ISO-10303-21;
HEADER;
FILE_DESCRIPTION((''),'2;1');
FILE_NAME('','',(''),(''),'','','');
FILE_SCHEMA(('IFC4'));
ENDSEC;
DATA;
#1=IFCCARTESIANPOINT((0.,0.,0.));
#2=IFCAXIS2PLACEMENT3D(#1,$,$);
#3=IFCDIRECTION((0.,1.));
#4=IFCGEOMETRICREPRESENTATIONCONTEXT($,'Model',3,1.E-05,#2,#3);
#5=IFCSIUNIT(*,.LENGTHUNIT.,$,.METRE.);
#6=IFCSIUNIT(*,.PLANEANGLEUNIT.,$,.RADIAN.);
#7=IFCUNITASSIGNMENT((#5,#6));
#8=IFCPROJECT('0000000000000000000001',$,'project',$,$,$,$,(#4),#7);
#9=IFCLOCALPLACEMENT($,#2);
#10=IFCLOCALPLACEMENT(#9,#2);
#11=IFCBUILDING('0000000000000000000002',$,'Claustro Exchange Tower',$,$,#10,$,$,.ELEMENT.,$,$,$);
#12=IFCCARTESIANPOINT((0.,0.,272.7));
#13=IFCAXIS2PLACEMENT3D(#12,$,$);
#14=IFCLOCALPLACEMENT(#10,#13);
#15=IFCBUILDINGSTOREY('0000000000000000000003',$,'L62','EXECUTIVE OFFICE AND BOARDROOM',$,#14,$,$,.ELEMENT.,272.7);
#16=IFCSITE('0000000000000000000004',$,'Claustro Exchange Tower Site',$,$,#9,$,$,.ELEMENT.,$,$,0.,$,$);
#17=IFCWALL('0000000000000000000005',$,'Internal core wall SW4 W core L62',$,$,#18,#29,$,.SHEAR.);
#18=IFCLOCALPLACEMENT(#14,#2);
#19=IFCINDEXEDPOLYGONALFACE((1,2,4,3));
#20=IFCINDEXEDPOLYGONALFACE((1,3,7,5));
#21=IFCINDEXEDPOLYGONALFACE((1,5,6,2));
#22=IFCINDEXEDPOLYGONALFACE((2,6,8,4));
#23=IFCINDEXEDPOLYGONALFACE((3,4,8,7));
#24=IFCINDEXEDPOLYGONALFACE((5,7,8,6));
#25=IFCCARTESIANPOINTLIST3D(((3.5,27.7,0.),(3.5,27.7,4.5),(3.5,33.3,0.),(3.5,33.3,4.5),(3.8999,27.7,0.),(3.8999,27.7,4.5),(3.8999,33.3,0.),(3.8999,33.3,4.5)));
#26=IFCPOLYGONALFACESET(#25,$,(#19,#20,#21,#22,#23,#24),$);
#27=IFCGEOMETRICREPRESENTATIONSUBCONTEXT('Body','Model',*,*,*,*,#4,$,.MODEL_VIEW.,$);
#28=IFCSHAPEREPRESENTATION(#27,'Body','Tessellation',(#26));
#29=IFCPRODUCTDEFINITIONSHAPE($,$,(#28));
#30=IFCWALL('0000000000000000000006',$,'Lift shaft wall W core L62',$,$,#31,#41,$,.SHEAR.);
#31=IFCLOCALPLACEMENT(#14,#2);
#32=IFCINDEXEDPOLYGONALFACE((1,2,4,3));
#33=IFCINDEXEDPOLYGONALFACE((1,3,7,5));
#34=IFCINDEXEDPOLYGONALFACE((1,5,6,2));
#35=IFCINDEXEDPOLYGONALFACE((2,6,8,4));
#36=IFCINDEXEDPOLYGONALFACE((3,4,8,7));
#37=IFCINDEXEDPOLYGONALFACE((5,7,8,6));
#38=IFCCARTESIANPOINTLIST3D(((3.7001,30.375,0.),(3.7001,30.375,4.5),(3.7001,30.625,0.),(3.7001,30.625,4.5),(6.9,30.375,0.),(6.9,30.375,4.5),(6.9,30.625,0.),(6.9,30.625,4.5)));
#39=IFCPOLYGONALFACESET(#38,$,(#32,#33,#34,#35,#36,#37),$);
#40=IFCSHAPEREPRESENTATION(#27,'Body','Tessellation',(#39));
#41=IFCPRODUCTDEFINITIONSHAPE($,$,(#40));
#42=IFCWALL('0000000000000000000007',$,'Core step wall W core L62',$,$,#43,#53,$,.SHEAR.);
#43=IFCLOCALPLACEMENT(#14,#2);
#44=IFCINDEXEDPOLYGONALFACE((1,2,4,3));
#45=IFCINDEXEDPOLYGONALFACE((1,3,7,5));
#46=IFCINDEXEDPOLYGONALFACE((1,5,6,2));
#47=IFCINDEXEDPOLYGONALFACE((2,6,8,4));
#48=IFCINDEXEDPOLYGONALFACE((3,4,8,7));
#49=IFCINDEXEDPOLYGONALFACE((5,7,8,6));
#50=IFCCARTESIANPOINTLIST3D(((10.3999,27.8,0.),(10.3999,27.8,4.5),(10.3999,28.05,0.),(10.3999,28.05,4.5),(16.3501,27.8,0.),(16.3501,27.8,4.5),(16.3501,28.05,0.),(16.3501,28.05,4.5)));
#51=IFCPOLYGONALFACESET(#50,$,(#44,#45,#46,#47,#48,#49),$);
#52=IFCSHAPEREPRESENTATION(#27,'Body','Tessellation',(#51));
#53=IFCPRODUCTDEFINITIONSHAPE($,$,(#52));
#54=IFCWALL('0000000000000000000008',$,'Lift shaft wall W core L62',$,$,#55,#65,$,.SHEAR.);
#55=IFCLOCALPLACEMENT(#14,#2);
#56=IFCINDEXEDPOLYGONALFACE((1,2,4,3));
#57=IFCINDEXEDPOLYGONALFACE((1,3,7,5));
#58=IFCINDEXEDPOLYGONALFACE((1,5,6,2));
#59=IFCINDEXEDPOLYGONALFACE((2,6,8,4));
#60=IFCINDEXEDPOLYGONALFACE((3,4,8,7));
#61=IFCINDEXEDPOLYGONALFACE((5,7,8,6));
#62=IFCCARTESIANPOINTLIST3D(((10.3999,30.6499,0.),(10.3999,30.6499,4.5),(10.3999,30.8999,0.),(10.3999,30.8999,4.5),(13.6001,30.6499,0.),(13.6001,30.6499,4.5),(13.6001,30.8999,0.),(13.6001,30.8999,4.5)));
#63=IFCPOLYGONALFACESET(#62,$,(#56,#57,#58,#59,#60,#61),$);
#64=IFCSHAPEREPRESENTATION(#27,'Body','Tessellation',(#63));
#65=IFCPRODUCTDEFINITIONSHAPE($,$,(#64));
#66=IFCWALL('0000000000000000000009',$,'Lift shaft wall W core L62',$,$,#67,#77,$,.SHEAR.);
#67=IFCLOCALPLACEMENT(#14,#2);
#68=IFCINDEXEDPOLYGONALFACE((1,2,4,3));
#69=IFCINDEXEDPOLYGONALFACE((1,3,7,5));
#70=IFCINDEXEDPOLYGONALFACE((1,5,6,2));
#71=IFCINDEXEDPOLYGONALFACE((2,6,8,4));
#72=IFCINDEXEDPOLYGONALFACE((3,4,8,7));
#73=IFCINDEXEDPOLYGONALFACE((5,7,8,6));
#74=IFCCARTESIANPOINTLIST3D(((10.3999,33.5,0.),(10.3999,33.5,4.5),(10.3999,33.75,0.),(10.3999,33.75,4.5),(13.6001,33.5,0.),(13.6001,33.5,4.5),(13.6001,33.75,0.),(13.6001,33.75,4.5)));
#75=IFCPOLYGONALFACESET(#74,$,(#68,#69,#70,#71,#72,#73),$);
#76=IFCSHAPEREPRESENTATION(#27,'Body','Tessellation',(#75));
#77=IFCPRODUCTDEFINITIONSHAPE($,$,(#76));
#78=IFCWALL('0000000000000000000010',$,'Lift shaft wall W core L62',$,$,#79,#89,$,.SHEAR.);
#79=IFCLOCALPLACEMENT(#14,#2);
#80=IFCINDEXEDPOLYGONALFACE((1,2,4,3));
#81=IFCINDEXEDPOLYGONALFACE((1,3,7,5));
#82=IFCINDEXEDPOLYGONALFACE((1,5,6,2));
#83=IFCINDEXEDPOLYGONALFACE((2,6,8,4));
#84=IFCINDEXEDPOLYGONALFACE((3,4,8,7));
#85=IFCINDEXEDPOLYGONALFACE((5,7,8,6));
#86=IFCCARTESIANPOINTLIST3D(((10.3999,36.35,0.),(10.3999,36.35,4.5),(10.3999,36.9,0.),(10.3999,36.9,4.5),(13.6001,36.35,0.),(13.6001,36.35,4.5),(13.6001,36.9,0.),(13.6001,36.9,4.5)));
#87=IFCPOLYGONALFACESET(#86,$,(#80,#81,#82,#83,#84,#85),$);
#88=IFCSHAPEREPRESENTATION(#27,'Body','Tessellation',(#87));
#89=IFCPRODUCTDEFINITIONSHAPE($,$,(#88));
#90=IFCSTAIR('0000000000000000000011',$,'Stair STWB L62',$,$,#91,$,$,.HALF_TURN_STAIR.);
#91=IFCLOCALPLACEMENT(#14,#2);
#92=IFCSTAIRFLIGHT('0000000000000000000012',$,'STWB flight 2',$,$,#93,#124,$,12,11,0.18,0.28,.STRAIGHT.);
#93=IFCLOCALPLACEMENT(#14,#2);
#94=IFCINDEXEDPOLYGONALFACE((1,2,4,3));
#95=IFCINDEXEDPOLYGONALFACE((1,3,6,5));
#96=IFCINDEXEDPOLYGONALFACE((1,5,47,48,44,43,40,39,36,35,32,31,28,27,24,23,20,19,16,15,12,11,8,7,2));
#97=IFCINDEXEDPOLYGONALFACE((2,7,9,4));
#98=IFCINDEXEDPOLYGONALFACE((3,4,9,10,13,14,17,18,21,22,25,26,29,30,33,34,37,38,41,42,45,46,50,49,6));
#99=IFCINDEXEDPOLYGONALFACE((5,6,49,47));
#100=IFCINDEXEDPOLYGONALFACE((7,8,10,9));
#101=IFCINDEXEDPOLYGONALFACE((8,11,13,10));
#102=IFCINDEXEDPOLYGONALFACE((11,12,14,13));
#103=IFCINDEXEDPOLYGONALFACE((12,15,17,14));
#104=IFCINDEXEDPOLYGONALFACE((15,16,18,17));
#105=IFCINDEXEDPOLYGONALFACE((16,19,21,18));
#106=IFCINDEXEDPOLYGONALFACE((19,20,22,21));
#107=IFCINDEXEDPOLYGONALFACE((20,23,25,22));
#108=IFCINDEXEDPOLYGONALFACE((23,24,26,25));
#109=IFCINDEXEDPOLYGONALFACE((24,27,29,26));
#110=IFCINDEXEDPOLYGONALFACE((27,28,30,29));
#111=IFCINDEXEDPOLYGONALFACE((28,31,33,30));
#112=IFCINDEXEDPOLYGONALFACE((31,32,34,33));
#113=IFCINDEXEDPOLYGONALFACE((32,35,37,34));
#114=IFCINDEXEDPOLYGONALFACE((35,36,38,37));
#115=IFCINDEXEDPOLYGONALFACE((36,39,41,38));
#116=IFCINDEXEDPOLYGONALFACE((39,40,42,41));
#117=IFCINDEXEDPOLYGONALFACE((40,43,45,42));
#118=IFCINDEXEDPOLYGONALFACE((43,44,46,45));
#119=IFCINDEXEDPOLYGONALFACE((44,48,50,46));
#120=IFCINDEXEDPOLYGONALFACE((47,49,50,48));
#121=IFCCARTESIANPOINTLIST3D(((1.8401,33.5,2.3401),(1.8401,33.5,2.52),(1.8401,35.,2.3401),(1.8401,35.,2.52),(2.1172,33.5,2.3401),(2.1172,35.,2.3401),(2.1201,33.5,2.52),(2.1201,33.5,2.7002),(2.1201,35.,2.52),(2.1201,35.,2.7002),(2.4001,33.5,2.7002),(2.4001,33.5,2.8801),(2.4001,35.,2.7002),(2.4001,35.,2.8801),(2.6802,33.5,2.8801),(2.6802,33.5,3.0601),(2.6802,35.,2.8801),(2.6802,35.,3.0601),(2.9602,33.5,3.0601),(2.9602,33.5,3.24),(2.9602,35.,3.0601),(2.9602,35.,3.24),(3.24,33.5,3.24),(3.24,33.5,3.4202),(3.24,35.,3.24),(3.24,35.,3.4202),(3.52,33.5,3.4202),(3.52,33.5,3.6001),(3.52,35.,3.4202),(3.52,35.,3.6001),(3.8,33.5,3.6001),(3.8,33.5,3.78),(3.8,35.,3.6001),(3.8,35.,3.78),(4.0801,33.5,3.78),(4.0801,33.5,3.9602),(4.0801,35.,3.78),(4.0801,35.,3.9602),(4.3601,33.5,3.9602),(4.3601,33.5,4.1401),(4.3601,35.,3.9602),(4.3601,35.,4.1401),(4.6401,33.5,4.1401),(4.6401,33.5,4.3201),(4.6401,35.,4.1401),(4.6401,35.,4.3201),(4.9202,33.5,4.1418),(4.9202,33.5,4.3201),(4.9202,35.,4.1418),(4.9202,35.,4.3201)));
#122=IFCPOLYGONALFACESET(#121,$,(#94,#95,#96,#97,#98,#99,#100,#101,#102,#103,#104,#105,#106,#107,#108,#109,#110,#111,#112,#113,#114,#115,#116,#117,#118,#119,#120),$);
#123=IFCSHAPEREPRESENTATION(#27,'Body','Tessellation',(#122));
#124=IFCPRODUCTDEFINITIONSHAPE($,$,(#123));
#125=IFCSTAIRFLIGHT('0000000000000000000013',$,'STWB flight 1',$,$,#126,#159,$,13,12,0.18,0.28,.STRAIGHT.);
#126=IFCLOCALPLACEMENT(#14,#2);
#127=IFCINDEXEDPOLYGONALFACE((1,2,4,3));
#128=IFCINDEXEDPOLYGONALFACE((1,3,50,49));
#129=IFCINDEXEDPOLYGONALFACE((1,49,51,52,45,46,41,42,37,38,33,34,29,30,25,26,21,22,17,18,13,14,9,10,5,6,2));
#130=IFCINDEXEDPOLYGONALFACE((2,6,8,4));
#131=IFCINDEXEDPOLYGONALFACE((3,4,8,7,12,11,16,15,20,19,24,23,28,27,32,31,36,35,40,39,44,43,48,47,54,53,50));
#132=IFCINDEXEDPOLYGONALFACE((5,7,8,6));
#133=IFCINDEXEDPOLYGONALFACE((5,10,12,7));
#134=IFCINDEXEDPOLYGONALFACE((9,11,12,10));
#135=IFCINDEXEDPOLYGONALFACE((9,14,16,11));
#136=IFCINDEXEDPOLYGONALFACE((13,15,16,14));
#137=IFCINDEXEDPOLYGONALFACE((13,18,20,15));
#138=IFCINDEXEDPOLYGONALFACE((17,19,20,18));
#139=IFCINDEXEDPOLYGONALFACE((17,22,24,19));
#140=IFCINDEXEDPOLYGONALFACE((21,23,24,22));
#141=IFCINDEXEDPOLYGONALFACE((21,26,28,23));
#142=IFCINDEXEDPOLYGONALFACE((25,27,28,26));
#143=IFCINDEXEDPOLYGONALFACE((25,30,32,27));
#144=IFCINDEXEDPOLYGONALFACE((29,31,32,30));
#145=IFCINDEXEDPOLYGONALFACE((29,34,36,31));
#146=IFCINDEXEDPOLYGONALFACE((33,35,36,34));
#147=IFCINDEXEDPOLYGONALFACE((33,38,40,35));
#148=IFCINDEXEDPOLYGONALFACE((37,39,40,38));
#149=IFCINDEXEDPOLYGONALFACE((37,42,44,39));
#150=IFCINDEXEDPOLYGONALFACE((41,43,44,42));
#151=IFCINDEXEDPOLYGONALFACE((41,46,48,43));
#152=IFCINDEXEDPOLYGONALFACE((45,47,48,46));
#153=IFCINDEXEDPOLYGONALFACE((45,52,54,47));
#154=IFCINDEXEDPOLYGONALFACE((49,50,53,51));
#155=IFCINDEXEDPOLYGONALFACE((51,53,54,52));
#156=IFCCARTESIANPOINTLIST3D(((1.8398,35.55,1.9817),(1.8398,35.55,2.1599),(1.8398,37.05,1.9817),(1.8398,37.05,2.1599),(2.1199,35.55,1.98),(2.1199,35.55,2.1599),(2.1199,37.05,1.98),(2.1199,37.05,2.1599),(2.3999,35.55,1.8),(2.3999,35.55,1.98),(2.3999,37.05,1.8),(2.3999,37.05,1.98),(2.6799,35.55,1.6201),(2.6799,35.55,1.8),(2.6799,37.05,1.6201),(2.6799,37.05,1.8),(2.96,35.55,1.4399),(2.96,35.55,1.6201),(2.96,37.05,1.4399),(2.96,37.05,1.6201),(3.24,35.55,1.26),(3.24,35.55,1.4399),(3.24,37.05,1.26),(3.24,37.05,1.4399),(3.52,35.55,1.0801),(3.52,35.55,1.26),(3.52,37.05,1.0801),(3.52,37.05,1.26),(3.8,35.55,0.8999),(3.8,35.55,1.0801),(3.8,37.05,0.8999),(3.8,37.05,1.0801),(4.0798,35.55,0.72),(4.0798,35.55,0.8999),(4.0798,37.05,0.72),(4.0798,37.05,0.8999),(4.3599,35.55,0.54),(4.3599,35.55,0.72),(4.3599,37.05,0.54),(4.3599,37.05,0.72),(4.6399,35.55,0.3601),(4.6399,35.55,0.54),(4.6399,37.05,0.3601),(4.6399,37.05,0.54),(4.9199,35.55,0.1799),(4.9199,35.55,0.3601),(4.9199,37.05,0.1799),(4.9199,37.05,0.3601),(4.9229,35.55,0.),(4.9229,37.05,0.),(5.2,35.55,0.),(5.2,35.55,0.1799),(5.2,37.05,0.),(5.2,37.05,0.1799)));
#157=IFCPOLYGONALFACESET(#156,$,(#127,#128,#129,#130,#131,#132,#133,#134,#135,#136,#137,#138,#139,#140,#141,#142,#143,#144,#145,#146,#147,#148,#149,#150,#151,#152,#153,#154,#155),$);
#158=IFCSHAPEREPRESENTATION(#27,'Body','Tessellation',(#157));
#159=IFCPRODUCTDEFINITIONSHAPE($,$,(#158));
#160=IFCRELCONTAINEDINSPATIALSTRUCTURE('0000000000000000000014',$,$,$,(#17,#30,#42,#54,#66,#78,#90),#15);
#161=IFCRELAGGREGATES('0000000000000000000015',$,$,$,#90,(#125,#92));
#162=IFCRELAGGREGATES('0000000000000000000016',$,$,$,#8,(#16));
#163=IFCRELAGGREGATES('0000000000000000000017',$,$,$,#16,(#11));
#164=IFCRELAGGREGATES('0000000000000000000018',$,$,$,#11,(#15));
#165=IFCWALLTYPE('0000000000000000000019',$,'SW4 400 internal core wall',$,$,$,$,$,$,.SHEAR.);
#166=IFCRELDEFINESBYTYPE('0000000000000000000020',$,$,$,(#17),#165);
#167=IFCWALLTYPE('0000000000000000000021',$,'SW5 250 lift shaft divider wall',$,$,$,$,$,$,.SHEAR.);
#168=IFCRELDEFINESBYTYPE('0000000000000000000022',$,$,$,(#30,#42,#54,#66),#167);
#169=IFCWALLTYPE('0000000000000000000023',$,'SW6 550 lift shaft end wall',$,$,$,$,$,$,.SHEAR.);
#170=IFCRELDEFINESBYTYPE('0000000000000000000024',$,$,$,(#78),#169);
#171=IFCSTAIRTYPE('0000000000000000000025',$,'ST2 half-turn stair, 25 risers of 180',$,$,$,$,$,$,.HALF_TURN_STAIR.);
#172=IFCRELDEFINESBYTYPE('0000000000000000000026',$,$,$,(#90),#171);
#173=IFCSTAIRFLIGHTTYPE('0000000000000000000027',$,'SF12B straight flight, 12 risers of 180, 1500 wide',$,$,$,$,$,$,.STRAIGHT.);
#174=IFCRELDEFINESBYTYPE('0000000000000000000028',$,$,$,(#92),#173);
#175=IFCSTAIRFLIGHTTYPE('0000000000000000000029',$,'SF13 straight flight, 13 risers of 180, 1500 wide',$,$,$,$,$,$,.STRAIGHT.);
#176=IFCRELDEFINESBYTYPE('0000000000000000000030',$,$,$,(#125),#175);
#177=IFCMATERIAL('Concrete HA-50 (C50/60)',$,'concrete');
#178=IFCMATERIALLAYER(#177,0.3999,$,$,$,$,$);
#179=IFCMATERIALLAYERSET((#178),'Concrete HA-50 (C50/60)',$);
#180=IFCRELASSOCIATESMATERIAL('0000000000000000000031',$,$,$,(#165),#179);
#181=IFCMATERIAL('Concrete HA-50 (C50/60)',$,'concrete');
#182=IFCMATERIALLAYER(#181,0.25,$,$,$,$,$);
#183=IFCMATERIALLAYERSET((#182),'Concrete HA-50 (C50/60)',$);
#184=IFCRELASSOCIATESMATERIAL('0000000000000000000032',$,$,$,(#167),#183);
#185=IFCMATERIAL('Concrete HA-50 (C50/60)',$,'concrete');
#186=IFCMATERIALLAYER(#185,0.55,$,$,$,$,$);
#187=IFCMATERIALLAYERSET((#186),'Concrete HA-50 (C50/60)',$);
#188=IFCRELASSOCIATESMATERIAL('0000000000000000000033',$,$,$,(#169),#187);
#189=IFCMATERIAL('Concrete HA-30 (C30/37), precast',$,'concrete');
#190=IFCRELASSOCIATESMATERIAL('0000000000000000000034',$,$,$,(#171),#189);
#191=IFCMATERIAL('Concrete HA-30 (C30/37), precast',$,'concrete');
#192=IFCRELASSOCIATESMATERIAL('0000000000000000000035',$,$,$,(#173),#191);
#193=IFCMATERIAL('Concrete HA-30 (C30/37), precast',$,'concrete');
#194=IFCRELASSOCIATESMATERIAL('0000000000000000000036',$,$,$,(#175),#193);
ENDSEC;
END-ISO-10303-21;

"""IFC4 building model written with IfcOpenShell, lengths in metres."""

from ifc_helpers import new_model, si_unit, direction, frame, frame_2d, origin, place, context, subcontext, project, spatial, polyline, rectangle, outline, extrude, material, layer, layer_set, type_object, element, aggregate, save


model = new_model("IFC4")

# Units and contexts
model_context = context("Model", 3, precision=1e-05, world=origin(), true_north=direction((0.0, 1.0)))
body_context = subcontext(model_context, "Body", "Model", "MODEL_VIEW")
ifc_project = project(units=[si_unit("LENGTHUNIT", "METRE"), si_unit("PLANEANGLEUNIT", "RADIAN")], contexts=[model_context])

# Site, building, storey
site_placement = place(None, origin())
site = spatial("IfcSite", under=ifc_project, at=site_placement, Name="Claustro Exchange Tower Site", CompositionType="ELEMENT", RefElevation=0.0)
building_placement = place(site_placement, origin())
building = spatial("IfcBuilding", under=site, at=building_placement, Name="Claustro Exchange Tower", CompositionType="ELEMENT")
storey_placement = place(building_placement, frame((0.0, 0.0, 272.7)))
storey = spatial("IfcBuildingStorey", under=building, at=storey_placement, Name="L62", Description="EXECUTIVE OFFICE AND BOARDROOM", CompositionType="ELEMENT", Elevation=272.7)

# Walls
ifc_material_1 = material(Name="Concrete HA-50 (C50/60)", Category="concrete")
ifc_layer_1 = layer(ifc_material_1, 0.3999)
ifc_layer_set_1 = layer_set([ifc_layer_1], Name="Concrete HA-50 (C50/60)")
wall_type_1 = type_object("IfcWallType", Name="SW4 400 internal core wall", PredefinedType="SHEAR", material=ifc_layer_set_1)
wall_1_placement = place(storey_placement, frame((3.7, 27.7, 0.0), z_axis=(0.0, 0.0, 1.0), x_axis=(0.0, 1.0, 0.0)))
element("IfcWall", 1, at=wall_1_placement, inside=storey, type_object=wall_type_1, Name="Internal core wall SW4 W core L62", PredefinedType="SHEAR", context=body_context, shape_type="SweptSolid", body=[
    extrude(rectangle(XDim=5.6001, YDim=0.3999, at=frame_2d((2.8, 0.0))), origin(), (0.0, 0.0, 1.0), 4.5),
])
ifc_material_2 = material(Name="Concrete HA-50 (C50/60)", Category="concrete")
ifc_layer_2 = layer(ifc_material_2, 0.25)
ifc_layer_set_2 = layer_set([ifc_layer_2], Name="Concrete HA-50 (C50/60)")
wall_type_2 = type_object("IfcWallType", Name="SW5 250 lift shaft divider wall", PredefinedType="SHEAR", material=ifc_layer_set_2)
wall_2_placement = place(storey_placement, frame((3.7, 30.5, 0.0), z_axis=(0.0, 0.0, 1.0), x_axis=(1.0, 0.0, 0.0)))
element("IfcWall", 2, at=wall_2_placement, inside=storey, type_object=wall_type_2, Name="Lift shaft wall W core L62", PredefinedType="SHEAR", context=body_context, shape_type="SweptSolid", body=[
    extrude(rectangle(XDim=3.2, YDim=0.25, at=frame_2d((1.6001, 0.0))), origin(), (0.0, 0.0, 1.0), 4.5),
])
wall_3_placement = place(storey_placement, frame((10.3999, 27.925, 0.0), z_axis=(0.0, 0.0, 1.0), x_axis=(1.0, 0.0, 0.0)))
element("IfcWall", 3, at=wall_3_placement, inside=storey, type_object=wall_type_2, Name="Core step wall W core L62", PredefinedType="SHEAR", context=body_context, shape_type="SweptSolid", body=[
    extrude(rectangle(XDim=5.9502, YDim=0.25, at=frame_2d((2.9751, 0.0))), origin(), (0.0, 0.0, 1.0), 4.5),
])
for number, where, z_axis, x_axis, name in (
    (4, (10.3999, 30.7749, 0.0), (0.0, 0.0, 1.0), (1.0, 0.0, 0.0), "Lift shaft wall W core L62"),
    (5, (10.3999, 33.625, 0.0), (0.0, 0.0, 1.0), (1.0, 0.0, 0.0), "Lift shaft wall W core L62"),
):
    element("IfcWall", number, at=place(storey_placement, frame(where, z_axis=z_axis, x_axis=x_axis)), inside=storey, type_object=wall_type_2, Name=name, PredefinedType="SHEAR", context=body_context, shape_type="SweptSolid", body=[
        extrude(rectangle(XDim=3.2002, YDim=0.25, at=frame_2d((1.6001, 0.0))), origin(), (0.0, 0.0, 1.0), 4.5),
    ])
ifc_material_3 = material(Name="Concrete HA-50 (C50/60)", Category="concrete")
ifc_layer_3 = layer(ifc_material_3, 0.55)
ifc_layer_set_3 = layer_set([ifc_layer_3], Name="Concrete HA-50 (C50/60)")
wall_type_3 = type_object("IfcWallType", Name="SW6 550 lift shaft end wall", PredefinedType="SHEAR", material=ifc_layer_set_3)
wall_4_placement = place(storey_placement, frame((10.3999, 36.625, 0.0), z_axis=(0.0, 0.0, 1.0), x_axis=(1.0, 0.0, 0.0)))
element("IfcWall", 6, at=wall_4_placement, inside=storey, type_object=wall_type_3, Name="Lift shaft wall W core L62", PredefinedType="SHEAR", context=body_context, shape_type="SweptSolid", body=[
    extrude(rectangle(XDim=3.2002, YDim=0.55, at=frame_2d((1.6001, 0.0))), origin(), (0.0, 0.0, 1.0), 4.5),
])

# Stair, stair flights
ifc_material_4 = material(Name="Concrete HA-30 (C30/37), precast", Category="concrete")
stair_type = type_object("IfcStairType", Name="ST2 half-turn stair, 25 risers of 180", PredefinedType="HALF_TURN_STAIR", material=ifc_material_4)
stair_placement = place(storey_placement, origin())
stair = element("IfcStair", 7, at=stair_placement, inside=storey, type_object=stair_type, Name="Stair STWB L62", PredefinedType="HALF_TURN_STAIR")
ifc_material_5 = material(Name="Concrete HA-30 (C30/37), precast", Category="concrete")
stair_flight_type_1 = type_object("IfcStairFlightType", Name="SF12B straight flight, 12 risers of 180, 1500 wide", PredefinedType="STRAIGHT", material=ifc_material_5)
stair_flight_1_placement = place(storey_placement, frame((1.8401, 34.25, 2.3401), z_axis=(0.0, 0.0, 1.0), x_axis=(1.0, 0.0, 0.0)))
stair_flight_1 = element("IfcStairFlight", 8, at=stair_flight_1_placement, type_object=stair_flight_type_1, Name="STWB flight 2", NumberOfRisers=12, NumberOfTreads=11, PredefinedType="STRAIGHT", RiserHeight=0.18, TreadLength=0.28, context=body_context, shape_type="SweptSolid", body=[
    extrude(outline(polyline([(0.0, 0.0), (0.0, 0.1799), (0.28, 0.1799), (0.28, 0.3601), (0.5601, 0.3601), (0.5601, 0.54), (0.8401, 0.54), (0.8401, 0.72), (1.1201, 0.72), (1.1201, 0.8999), (1.3999, 0.8999), (1.3999, 1.0801), (1.6799, 1.0801), (1.6799, 1.26), (1.96, 1.26), (1.96, 1.4399), (2.24, 1.4399), (2.24, 1.6201), (2.52, 1.6201), (2.52, 1.8), (2.8, 1.8), (2.8, 1.98), (3.0801, 1.98), (3.0801, 2.1599), (3.0801, 1.8018), (0.2771, 0.0), (0.0, 0.0)])), frame((0.0, 0.75, 0.0), z_axis=(0.0, -1.0, 0.0), x_axis=(1.0, 0.0, 0.0)), (0.0, 0.0, 1.0), 1.5),
])
ifc_material_6 = material(Name="Concrete HA-30 (C30/37), precast", Category="concrete")
stair_flight_type_2 = type_object("IfcStairFlightType", Name="SF13 straight flight, 13 risers of 180, 1500 wide", PredefinedType="STRAIGHT", material=ifc_material_6)
stair_flight_2_placement = place(storey_placement, frame((5.2, 36.3, 0.0), z_axis=(0.0, 0.0, 1.0), x_axis=(-1.0, 0.0, 0.0)))
stair_flight_2 = element("IfcStairFlight", 9, at=stair_flight_2_placement, type_object=stair_flight_type_2, Name="STWB flight 1", NumberOfRisers=13, NumberOfTreads=12, PredefinedType="STRAIGHT", RiserHeight=0.18, TreadLength=0.28, context=body_context, shape_type="SweptSolid", body=[
    extrude(outline(polyline([(0.0, 0.0), (0.0, 0.1799), (0.28, 0.1799), (0.28, 0.3601), (0.5601, 0.3601), (0.5601, 0.54), (0.8401, 0.54), (0.8401, 0.72), (1.1201, 0.72), (1.1201, 0.8999), (1.3999, 0.8999), (1.3999, 1.0801), (1.6799, 1.0801), (1.6799, 1.26), (1.96, 1.26), (1.96, 1.4399), (2.24, 1.4399), (2.24, 1.6201), (2.52, 1.6201), (2.52, 1.8), (2.8, 1.8), (2.8, 1.98), (3.0801, 1.98), (3.0801, 2.1599), (3.3601, 2.1599), (3.3601, 2.3401), (3.3601, 1.9817), (0.2771, 0.0), (0.0, 0.0)])), frame((0.0, 0.75, 0.0), z_axis=(0.0, -1.0, 0.0), x_axis=(1.0, 0.0, 0.0)), (0.0, 0.0, 1.0), 1.5),
])
aggregate(stair, [stair_flight_2, stair_flight_1])

save(model, "model.ifc")
